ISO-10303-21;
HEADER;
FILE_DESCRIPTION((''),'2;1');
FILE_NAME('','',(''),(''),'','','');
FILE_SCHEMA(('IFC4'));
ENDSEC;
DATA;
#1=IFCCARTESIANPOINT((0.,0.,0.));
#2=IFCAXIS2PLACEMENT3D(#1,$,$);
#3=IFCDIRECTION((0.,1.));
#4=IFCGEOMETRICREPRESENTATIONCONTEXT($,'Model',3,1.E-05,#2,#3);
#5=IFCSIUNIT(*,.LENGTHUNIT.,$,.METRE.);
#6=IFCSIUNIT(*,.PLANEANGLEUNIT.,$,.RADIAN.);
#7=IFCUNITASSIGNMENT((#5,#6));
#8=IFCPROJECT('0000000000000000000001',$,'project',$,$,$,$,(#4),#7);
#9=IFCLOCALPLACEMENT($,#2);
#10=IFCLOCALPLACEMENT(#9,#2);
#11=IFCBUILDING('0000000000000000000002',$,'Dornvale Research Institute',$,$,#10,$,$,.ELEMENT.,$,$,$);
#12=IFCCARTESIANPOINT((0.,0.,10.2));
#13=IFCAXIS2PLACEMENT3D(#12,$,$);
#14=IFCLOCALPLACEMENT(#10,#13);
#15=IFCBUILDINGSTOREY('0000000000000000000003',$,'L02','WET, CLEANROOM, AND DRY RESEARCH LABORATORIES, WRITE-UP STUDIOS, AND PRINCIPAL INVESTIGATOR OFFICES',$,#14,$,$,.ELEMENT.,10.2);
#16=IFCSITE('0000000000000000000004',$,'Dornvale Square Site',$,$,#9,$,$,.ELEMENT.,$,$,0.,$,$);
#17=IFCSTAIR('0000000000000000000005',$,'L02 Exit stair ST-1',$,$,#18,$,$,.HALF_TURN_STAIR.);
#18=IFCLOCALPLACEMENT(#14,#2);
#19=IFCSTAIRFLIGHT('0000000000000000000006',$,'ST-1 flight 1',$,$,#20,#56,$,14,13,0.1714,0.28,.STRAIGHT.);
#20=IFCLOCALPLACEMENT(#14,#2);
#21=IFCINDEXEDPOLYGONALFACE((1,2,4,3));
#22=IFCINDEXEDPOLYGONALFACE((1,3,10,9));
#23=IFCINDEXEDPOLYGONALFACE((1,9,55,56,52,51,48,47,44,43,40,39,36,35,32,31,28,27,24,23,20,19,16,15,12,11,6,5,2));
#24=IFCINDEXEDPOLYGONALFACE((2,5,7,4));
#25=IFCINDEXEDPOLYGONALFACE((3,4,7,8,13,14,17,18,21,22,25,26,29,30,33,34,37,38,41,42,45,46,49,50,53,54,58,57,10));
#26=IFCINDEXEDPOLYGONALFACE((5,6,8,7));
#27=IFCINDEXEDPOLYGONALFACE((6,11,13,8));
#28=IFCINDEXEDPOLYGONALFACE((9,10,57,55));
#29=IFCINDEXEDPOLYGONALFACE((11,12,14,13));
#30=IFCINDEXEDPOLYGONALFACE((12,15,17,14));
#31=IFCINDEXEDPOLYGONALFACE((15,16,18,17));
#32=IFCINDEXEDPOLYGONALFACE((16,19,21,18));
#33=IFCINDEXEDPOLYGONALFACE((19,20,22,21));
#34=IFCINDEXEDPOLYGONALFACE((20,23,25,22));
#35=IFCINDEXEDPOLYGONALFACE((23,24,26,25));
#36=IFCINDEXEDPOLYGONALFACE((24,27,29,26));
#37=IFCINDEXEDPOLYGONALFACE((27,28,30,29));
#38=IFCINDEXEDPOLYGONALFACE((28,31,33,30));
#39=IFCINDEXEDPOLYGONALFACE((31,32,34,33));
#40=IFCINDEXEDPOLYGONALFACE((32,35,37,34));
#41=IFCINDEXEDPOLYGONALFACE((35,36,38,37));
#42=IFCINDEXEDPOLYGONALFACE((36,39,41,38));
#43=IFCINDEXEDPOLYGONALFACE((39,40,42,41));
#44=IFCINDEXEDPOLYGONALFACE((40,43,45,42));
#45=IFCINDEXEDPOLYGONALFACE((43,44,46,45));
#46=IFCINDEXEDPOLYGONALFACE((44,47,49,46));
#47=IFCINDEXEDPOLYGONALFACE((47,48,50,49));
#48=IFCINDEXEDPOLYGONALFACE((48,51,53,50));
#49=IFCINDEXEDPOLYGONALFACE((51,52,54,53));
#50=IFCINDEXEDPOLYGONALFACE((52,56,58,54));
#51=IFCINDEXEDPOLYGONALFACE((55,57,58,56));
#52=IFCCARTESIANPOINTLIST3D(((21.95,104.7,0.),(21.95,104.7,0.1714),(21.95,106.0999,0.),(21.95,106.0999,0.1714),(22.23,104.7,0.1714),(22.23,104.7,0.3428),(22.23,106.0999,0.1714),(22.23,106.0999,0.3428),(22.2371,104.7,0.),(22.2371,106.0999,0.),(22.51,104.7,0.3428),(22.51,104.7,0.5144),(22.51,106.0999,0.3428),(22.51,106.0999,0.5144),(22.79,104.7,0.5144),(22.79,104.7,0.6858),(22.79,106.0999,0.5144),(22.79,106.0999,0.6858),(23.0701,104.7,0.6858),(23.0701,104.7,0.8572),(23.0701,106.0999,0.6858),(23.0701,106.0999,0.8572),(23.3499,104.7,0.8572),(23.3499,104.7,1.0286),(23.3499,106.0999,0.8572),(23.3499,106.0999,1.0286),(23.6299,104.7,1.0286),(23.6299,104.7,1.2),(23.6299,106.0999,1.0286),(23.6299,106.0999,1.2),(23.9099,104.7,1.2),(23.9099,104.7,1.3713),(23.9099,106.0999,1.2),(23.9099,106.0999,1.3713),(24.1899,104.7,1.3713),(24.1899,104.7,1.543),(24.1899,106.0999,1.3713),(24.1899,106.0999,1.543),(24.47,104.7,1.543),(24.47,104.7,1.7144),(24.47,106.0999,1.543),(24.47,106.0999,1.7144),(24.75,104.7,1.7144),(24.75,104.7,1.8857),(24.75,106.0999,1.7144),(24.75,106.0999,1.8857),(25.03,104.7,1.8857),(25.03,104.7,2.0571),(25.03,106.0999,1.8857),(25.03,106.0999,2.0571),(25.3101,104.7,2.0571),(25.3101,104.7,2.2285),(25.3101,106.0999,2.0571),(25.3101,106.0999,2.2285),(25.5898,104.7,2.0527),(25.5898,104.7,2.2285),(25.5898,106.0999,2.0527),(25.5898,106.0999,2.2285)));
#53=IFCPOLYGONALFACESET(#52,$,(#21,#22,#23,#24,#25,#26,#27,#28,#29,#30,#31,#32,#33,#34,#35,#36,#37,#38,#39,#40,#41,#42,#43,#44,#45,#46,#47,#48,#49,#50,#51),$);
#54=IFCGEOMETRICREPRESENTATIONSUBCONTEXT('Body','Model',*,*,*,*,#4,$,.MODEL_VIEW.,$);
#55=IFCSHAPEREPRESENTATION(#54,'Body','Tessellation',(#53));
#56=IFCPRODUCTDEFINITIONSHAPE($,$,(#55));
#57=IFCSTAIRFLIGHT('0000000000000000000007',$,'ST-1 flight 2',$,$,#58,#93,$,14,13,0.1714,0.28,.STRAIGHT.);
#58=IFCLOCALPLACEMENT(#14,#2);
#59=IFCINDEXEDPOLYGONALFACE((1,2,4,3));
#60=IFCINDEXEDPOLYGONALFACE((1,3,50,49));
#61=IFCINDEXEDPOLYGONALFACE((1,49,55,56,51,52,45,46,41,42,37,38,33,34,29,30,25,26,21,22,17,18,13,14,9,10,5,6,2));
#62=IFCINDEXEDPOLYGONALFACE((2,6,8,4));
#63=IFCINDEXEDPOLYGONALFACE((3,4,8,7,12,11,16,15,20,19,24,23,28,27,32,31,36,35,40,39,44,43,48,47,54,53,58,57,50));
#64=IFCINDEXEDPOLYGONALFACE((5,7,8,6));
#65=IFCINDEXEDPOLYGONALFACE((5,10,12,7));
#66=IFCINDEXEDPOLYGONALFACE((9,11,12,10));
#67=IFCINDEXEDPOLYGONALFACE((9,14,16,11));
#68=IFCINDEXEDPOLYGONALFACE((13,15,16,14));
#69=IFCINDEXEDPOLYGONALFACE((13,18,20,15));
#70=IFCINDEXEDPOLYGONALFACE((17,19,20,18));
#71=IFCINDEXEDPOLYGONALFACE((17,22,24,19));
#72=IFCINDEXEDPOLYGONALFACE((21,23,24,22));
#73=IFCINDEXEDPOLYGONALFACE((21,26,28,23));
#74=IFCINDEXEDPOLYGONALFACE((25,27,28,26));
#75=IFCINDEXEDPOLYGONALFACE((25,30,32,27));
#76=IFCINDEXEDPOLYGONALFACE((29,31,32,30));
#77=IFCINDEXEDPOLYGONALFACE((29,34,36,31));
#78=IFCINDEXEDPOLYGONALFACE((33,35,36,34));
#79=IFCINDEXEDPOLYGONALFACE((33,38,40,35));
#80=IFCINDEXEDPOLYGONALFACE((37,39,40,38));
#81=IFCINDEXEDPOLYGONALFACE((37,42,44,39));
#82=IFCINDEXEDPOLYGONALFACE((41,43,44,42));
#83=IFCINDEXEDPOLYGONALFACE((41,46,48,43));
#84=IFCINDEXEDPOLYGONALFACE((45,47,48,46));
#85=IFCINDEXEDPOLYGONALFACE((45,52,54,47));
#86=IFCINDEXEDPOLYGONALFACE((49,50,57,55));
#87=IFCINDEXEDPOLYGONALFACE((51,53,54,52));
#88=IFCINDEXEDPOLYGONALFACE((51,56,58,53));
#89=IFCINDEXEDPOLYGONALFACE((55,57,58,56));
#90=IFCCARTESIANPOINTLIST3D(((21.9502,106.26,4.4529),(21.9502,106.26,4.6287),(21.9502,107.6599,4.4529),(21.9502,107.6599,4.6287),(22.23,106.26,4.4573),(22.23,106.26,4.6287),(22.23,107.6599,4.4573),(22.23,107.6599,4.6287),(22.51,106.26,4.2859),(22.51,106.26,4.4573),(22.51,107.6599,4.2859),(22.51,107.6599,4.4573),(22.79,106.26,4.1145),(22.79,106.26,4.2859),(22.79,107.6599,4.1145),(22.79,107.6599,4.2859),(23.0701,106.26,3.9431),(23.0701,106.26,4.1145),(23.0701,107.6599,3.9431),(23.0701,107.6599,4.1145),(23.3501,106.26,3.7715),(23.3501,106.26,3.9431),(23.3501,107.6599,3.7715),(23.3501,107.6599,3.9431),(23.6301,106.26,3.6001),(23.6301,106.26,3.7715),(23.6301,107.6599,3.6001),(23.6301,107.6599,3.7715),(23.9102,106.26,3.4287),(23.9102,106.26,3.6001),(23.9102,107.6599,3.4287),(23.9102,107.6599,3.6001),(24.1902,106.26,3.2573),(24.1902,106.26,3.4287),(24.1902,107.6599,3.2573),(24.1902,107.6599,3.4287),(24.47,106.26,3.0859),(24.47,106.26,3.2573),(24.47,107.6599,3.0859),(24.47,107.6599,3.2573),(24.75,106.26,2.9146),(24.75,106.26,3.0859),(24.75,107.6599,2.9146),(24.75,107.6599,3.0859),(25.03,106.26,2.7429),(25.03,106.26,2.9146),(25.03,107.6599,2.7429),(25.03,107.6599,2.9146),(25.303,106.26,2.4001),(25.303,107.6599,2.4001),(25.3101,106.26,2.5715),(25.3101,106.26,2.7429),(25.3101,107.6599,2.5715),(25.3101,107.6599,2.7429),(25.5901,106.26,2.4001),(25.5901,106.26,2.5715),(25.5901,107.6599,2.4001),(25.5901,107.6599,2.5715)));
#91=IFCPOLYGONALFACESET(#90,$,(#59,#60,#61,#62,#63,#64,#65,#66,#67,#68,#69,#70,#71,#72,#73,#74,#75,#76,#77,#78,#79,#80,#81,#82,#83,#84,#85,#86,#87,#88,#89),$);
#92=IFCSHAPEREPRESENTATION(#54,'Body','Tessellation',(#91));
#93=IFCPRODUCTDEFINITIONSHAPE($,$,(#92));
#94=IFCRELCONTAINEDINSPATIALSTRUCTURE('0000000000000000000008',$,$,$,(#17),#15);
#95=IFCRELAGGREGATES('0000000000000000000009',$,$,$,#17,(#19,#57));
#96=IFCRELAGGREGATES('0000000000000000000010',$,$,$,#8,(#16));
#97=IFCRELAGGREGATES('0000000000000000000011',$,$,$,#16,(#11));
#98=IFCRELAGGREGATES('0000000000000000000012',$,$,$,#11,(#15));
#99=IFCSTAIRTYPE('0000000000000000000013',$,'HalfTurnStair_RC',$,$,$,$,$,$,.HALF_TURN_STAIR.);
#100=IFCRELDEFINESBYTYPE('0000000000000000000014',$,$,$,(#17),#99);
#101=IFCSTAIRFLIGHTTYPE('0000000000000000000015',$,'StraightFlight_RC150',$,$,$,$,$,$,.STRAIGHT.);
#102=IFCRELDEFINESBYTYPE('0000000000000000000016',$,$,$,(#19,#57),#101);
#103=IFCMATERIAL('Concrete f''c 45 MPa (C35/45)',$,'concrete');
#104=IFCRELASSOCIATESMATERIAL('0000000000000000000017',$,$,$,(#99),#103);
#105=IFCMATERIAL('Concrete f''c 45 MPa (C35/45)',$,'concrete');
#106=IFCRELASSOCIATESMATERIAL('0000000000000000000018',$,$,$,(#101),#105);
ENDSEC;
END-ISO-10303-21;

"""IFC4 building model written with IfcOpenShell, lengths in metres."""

from ifc_helpers import new_model, si_unit, direction, frame, origin, place, context, subcontext, project, spatial, polyline, outline, extrude, material, type_object, element, aggregate, save


model = new_model("IFC4")

# Units and contexts
model_context = context("Model", 3, precision=1e-05, world=origin(), true_north=direction((0.0, 1.0)))
body_context = subcontext(model_context, "Body", "Model", "MODEL_VIEW")
ifc_project = project(units=[si_unit("LENGTHUNIT", "METRE"), si_unit("PLANEANGLEUNIT", "RADIAN")], contexts=[model_context])

# Site, building, storey
site_placement = place(None, origin())
site = spatial("IfcSite", under=ifc_project, at=site_placement, Name="Dornvale Square Site", CompositionType="ELEMENT", RefElevation=0.0)
building_placement = place(site_placement, origin())
building = spatial("IfcBuilding", under=site, at=building_placement, Name="Dornvale Research Institute", CompositionType="ELEMENT")
storey_placement = place(building_placement, frame((0.0, 0.0, 10.2)))
storey = spatial("IfcBuildingStorey", under=building, at=storey_placement, Name="L02", Description="WET, CLEANROOM, AND DRY RESEARCH LABORATORIES, WRITE-UP STUDIOS, AND PRINCIPAL INVESTIGATOR OFFICES", CompositionType="ELEMENT", Elevation=10.2)

# Stair, stair flights
ifc_material_1 = material(Name="Concrete f'c 45 MPa (C35/45)", Category="concrete")
stair_type = type_object("IfcStairType", Name="HalfTurnStair_RC", PredefinedType="HALF_TURN_STAIR", material=ifc_material_1)
stair_placement = place(storey_placement, origin())
stair = element("IfcStair", 1, at=stair_placement, inside=storey, type_object=stair_type, Name="L02 Exit stair ST-1", PredefinedType="HALF_TURN_STAIR")
ifc_material_2 = material(Name="Concrete f'c 45 MPa (C35/45)", Category="concrete")
stair_flight_type = type_object("IfcStairFlightType", Name="StraightFlight_RC150", PredefinedType="STRAIGHT", material=ifc_material_2)
stair_flight_1_placement = place(storey_placement, frame((21.95, 105.3999, 0.0), z_axis=(0.0, 0.0, 1.0), x_axis=(1.0, 0.0, 0.0)))
stair_flight_1 = element("IfcStairFlight", 2, at=stair_flight_1_placement, type_object=stair_flight_type, Name="ST-1 flight 1", NumberOfRisers=14, NumberOfTreads=13, PredefinedType="STRAIGHT", RiserHeight=0.1714, TreadLength=0.28, context=body_context, shape_type="SweptSolid", body=[
    extrude(outline(polyline([(0.0, 0.0), (0.0, 0.1714), (0.28, 0.1714), (0.28, 0.3428), (0.5601, 0.3428), (0.5601, 0.5144), (0.8401, 0.5144), (0.8401, 0.6858), (1.1201, 0.6858), (1.1201, 0.8572), (1.3999, 0.8572), (1.3999, 1.0286), (1.6799, 1.0286), (1.6799, 1.2), (1.96, 1.2), (1.96, 1.3713), (2.24, 1.3713), (2.24, 1.543), (2.52, 1.543), (2.52, 1.7144), (2.8, 1.7144), (2.8, 1.8857), (3.0801, 1.8857), (3.0801, 2.0571), (3.3601, 2.0571), (3.3601, 2.2285), (3.6399, 2.2285), (3.6399, 2.3999), (3.6399, 2.0527), (0.2871, 0.0), (0.0, 0.0)])), frame((0.0, 0.7, 0.0), z_axis=(0.0, -1.0, 0.0), x_axis=(1.0, 0.0, 0.0)), (0.0, 0.0, 1.0), 1.3999),
])
stair_flight_2_placement = place(storey_placement, frame((25.5901, 106.96, 2.4001), z_axis=(0.0, 0.0, 1.0), x_axis=(-1.0, 0.0, 0.0)))
stair_flight_2 = element("IfcStairFlight", 3, at=stair_flight_2_placement, type_object=stair_flight_type, Name="ST-1 flight 2", NumberOfRisers=14, NumberOfTreads=13, PredefinedType="STRAIGHT", RiserHeight=0.1714, TreadLength=0.28, context=body_context, shape_type="SweptSolid", body=[
    extrude(outline(polyline([(0.0, 0.0), (0.0, 0.1714), (0.28, 0.1714), (0.28, 0.3428), (0.5601, 0.3428), (0.5601, 0.5144), (0.8401, 0.5144), (0.8401, 0.6858), (1.1201, 0.6858), (1.1201, 0.8572), (1.3999, 0.8572), (1.3999, 1.0286), (1.6799, 1.0286), (1.6799, 1.2), (1.96, 1.2), (1.96, 1.3713), (2.24, 1.3713), (2.24, 1.543), (2.52, 1.543), (2.52, 1.7144), (2.8, 1.7144), (2.8, 1.8857), (3.0801, 1.8857), (3.0801, 2.0571), (3.3601, 2.0571), (3.3601, 2.2285), (3.6399, 2.2285), (3.6399, 2.3999), (3.6399, 2.0527), (0.2871, 0.0), (0.0, 0.0)])), frame((0.0, 0.7, 0.0), z_axis=(0.0, -1.0, 0.0), x_axis=(1.0, 0.0, 0.0)), (0.0, 0.0, 1.0), 1.3999),
])
aggregate(stair, [stair_flight_1, stair_flight_2])

save(model, "model.ifc")
